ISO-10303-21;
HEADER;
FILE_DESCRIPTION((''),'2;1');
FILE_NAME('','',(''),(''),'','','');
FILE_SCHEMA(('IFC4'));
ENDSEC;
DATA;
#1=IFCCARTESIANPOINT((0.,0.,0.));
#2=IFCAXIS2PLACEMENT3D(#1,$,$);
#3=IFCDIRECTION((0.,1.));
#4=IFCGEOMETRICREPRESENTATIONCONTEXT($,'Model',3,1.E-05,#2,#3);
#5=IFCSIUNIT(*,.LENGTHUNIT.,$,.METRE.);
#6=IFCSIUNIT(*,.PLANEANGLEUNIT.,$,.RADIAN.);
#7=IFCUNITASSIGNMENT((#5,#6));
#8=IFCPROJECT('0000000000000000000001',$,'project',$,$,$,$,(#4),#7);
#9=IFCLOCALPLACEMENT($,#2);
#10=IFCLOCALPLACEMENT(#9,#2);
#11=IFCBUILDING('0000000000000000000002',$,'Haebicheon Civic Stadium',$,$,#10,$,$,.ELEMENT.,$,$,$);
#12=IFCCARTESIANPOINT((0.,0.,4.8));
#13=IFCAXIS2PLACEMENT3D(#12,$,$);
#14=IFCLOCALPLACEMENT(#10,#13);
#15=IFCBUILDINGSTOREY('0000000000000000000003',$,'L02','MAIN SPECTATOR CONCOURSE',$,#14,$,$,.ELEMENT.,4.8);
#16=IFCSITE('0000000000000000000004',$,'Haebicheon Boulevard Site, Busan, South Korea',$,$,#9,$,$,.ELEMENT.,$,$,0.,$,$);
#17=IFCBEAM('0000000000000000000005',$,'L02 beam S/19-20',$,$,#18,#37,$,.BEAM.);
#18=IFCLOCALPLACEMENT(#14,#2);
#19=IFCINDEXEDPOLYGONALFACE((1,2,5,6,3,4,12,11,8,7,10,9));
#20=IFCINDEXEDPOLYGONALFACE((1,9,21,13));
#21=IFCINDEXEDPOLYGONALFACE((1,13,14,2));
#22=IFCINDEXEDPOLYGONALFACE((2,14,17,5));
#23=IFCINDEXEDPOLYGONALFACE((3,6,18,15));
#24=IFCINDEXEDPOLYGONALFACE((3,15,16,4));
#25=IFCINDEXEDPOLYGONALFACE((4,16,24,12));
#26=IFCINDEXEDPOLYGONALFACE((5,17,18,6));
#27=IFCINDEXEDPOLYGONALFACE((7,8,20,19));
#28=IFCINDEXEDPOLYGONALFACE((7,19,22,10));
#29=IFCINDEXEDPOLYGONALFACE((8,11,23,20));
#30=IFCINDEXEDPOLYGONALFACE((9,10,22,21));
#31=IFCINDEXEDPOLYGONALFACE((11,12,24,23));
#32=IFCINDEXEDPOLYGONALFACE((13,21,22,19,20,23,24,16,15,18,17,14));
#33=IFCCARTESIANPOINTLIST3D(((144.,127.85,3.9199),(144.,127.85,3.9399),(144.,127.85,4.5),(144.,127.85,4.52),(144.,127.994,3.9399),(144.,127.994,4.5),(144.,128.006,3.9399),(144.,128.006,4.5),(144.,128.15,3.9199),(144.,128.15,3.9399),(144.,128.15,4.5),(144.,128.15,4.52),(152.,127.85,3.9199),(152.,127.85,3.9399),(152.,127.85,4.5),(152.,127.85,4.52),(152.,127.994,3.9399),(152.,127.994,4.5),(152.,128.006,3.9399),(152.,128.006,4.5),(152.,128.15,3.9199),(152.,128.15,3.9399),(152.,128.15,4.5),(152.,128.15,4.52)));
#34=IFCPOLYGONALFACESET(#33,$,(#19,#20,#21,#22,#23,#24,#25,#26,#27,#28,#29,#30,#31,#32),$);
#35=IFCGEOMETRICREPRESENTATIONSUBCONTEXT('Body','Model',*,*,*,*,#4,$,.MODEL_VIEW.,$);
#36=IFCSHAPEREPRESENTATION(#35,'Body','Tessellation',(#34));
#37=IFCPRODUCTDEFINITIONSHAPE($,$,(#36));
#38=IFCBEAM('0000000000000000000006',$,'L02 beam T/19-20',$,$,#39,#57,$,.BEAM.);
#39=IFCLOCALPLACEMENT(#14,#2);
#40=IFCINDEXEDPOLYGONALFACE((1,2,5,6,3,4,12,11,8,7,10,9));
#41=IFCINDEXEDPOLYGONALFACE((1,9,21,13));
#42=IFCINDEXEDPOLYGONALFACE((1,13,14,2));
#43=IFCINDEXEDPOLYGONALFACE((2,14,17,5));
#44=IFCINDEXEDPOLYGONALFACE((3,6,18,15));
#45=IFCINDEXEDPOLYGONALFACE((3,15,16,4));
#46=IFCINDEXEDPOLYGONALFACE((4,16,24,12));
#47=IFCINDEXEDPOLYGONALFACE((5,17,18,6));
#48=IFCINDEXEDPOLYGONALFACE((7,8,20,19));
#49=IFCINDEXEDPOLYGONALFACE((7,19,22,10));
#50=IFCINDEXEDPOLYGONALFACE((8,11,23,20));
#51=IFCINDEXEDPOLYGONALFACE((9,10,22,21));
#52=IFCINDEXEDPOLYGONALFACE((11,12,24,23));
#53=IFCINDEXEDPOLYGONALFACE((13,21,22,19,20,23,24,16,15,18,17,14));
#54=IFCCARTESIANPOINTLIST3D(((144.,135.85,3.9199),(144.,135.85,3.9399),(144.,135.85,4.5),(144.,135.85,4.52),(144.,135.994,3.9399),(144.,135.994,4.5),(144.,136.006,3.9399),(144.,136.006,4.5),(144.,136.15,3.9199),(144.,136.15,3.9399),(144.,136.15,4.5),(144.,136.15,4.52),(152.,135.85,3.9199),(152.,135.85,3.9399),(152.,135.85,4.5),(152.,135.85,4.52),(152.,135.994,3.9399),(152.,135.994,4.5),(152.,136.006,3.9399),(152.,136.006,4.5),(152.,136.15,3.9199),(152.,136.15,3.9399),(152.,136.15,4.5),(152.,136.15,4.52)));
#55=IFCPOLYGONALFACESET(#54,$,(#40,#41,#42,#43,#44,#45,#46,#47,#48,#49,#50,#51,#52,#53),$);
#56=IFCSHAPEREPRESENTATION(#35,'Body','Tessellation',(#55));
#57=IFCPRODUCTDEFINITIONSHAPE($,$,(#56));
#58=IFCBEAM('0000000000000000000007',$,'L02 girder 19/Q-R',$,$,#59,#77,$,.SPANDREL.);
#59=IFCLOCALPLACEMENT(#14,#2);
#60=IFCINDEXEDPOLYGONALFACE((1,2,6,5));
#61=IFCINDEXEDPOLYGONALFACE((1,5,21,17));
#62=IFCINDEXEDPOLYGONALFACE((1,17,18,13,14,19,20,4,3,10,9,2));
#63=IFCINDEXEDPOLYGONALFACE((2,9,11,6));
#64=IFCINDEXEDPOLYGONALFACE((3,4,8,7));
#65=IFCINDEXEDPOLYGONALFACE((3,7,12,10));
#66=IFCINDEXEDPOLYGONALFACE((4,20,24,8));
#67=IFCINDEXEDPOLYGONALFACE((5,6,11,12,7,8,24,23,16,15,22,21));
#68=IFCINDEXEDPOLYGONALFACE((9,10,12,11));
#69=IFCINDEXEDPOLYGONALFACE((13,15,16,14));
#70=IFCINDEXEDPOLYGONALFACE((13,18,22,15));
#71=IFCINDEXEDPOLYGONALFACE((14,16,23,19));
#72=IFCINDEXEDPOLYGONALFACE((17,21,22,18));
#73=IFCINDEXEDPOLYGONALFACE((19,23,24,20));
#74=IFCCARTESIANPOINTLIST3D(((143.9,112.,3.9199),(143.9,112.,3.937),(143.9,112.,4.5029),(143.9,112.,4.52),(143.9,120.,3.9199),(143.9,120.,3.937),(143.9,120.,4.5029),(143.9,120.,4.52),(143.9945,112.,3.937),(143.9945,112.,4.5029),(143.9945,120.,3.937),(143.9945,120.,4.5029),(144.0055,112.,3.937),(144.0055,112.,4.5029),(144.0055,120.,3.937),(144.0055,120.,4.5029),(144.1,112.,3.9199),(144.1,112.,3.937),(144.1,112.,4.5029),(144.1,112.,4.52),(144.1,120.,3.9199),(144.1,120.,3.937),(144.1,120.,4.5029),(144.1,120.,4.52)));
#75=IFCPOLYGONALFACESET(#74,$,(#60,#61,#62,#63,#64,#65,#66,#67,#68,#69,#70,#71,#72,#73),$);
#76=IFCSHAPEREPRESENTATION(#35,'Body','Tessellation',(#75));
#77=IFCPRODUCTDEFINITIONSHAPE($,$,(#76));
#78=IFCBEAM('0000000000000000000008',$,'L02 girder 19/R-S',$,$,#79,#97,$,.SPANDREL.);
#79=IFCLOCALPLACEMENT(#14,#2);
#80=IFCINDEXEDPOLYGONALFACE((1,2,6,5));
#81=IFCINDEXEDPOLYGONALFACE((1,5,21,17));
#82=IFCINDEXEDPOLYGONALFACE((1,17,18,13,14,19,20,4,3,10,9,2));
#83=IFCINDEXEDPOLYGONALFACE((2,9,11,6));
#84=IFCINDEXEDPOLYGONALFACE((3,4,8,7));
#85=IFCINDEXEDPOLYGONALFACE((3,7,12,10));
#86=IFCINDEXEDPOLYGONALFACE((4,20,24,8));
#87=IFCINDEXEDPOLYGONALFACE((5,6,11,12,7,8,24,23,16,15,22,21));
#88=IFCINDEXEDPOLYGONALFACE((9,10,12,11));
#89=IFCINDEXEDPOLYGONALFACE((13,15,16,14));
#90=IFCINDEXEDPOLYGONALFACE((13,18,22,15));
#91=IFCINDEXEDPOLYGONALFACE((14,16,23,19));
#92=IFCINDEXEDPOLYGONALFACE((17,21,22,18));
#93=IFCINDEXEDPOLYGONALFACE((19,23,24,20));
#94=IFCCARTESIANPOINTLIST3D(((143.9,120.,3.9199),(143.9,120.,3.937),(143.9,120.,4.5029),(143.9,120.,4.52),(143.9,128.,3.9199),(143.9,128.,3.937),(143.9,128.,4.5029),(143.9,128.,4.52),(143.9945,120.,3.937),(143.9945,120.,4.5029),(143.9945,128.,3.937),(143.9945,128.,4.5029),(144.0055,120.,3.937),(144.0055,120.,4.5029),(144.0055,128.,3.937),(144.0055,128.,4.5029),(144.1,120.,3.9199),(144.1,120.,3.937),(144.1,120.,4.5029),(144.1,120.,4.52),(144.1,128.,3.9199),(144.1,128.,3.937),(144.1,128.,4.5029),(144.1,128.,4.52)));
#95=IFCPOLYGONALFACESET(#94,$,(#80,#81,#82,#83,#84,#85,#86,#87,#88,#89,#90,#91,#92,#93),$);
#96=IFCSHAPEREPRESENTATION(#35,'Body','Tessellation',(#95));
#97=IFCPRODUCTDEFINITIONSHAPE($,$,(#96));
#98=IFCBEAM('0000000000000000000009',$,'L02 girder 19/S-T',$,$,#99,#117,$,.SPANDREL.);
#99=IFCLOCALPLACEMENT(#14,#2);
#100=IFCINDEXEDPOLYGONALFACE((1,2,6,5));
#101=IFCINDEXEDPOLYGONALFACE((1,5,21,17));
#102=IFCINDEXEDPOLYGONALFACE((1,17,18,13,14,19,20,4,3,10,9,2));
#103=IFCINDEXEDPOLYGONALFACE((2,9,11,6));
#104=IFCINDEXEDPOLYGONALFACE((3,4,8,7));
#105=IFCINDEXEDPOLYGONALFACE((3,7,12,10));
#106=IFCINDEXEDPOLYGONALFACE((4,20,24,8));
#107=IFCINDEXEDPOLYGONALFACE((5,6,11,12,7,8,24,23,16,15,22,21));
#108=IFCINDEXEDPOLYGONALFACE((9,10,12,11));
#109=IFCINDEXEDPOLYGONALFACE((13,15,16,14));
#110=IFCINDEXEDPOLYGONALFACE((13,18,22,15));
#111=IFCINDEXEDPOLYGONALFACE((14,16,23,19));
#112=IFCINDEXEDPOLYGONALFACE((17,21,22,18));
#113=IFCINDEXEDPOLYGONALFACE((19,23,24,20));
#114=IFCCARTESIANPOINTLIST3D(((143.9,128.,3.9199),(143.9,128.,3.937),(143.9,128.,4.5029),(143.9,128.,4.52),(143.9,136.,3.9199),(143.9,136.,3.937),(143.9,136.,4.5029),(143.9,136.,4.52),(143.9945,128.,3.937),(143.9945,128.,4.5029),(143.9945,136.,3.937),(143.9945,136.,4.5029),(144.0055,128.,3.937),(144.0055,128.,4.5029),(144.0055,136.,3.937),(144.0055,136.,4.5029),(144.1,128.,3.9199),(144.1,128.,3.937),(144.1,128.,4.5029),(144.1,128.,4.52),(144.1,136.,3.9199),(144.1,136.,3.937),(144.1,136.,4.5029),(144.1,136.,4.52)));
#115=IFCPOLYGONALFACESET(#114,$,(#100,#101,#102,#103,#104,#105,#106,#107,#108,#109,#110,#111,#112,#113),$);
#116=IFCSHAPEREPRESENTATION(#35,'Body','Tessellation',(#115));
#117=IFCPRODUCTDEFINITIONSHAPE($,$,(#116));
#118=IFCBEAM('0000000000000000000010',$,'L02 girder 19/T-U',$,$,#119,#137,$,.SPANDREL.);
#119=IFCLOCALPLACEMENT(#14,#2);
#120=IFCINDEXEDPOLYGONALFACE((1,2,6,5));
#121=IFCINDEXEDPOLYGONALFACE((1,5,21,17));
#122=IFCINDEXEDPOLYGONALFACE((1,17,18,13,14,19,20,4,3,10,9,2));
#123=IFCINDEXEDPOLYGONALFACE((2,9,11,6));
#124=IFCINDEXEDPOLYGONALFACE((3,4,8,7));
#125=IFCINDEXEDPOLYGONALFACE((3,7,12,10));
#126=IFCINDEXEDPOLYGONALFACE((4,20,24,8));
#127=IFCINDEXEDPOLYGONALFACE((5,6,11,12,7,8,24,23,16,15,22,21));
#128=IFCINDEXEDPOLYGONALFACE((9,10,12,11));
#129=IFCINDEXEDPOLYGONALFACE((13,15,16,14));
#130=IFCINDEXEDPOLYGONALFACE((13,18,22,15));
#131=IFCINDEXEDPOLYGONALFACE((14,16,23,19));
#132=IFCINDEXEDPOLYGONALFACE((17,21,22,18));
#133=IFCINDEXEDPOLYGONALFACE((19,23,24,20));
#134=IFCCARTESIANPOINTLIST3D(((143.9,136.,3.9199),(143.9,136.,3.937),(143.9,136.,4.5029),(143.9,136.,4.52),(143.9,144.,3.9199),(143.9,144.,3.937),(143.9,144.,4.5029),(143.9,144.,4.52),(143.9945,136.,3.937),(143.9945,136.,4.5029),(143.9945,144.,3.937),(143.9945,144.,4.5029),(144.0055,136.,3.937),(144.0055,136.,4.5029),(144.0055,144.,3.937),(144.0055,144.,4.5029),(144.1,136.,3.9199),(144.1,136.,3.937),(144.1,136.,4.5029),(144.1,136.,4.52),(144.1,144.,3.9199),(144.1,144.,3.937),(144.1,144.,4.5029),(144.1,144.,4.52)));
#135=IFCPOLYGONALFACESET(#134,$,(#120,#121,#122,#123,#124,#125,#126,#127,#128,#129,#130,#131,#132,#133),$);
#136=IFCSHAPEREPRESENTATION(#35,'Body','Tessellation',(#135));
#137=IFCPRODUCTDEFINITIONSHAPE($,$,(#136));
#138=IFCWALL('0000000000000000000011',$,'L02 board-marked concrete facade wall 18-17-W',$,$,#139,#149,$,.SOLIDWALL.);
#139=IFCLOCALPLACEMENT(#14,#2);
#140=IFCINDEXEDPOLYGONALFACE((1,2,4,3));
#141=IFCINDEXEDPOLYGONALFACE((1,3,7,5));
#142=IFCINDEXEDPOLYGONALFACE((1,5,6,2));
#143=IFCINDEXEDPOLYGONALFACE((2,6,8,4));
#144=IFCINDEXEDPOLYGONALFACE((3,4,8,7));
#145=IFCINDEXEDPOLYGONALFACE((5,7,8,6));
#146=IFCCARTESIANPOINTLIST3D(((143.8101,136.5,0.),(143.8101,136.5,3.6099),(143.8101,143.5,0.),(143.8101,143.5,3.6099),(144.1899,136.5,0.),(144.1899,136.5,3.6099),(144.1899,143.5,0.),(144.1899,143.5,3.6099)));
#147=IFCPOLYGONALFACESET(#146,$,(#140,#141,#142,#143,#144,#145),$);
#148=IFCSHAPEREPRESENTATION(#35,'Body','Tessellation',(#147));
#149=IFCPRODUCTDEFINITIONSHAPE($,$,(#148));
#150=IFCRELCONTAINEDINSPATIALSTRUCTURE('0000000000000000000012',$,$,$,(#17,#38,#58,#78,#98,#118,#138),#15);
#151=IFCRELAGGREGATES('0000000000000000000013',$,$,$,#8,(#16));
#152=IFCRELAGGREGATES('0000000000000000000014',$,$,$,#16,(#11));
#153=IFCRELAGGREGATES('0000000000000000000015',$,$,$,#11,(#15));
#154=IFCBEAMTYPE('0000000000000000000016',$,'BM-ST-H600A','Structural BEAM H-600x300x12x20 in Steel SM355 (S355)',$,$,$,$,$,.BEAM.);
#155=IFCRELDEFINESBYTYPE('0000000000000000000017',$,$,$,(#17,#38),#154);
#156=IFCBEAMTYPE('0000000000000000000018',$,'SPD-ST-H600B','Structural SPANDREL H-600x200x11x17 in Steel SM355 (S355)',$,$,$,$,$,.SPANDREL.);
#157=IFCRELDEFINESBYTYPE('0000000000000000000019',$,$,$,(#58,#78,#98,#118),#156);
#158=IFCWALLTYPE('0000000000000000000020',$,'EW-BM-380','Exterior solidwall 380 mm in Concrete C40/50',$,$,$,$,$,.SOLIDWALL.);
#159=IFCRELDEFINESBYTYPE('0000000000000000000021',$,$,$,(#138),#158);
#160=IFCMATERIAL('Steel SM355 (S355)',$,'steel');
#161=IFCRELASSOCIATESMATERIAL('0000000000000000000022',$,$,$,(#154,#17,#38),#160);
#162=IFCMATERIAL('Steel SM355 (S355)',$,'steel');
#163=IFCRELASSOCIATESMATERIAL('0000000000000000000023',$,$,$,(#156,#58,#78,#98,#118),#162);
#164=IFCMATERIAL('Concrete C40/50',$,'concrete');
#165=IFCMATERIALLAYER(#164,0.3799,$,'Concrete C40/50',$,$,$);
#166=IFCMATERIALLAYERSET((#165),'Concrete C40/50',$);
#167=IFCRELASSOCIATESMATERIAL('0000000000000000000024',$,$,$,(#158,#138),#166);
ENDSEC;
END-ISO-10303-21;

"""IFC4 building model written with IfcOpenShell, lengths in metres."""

from ifc_helpers import new_model, si_unit, direction, frame, frame_2d, origin, origin_2d, place, context, subcontext, project, spatial, rectangle, i_section, extrude, material, layer, layer_set, material_profile, profile_set, type_object, element, save


model = new_model("IFC4")

# Units and contexts
model_context = context("Model", 3, precision=1e-05, world=origin(), true_north=direction((0.0, 1.0)))
body_context = subcontext(model_context, "Body", "Model", "MODEL_VIEW")
ifc_project = project(units=[si_unit("LENGTHUNIT", "METRE"), si_unit("PLANEANGLEUNIT", "RADIAN")], contexts=[model_context])

# Site, building, storey
site_placement = place(None, origin())
site = spatial("IfcSite", under=ifc_project, at=site_placement, Name="Haebicheon Boulevard Site, Busan, South Korea", CompositionType="ELEMENT", RefElevation=0.0)
building_placement = place(site_placement, origin())
building = spatial("IfcBuilding", under=site, at=building_placement, Name="Haebicheon Civic Stadium", CompositionType="ELEMENT")
storey_placement = place(building_placement, frame((0.0, 0.0, 4.8)))
storey = spatial("IfcBuildingStorey", under=building, at=storey_placement, Name="L02", Description="MAIN SPECTATOR CONCOURSE", CompositionType="ELEMENT", Elevation=4.8)

# Beams
ifc_material_1 = material(Name="Steel SM355 (S355)", Category="steel")
ifc_material_profile_1 = material_profile(ifc_material_1, i_section(OverallWidth=0.3, OverallDepth=0.6001, WebThickness=0.012, FlangeThickness=0.02, at=origin_2d()), Name="H-600x300x12x20")
ifc_profile_set_1 = profile_set([ifc_material_profile_1], Name="Steel SM355 (S355)")
beam_type_1 = type_object("IfcBeamType", Name="BM-ST-H600A", Description="Structural BEAM H-600x300x12x20 in Steel SM355 (S355)", PredefinedType="BEAM", material=ifc_profile_set_1)
for number, where, z_axis, x_axis, name in (
    (1, (144.0, 128.0, 4.22), (1.0, 0.0, 0.0), (0.0, 1.0, 0.0), "L02 beam S/19-20"),
    (2, (144.0, 136.0, 4.22), (1.0, 0.0, 0.0), (0.0, 1.0, 0.0), "L02 beam T/19-20"),
):
    element("IfcBeam", number, at=place(storey_placement, frame(where, z_axis=z_axis, x_axis=x_axis)), inside=storey, type_object=beam_type_1, material=ifc_profile_set_1, Name=name, PredefinedType="BEAM", context=body_context, shape_type="SweptSolid", body=[
        extrude(i_section(OverallWidth=0.3, OverallDepth=0.6001, WebThickness=0.012, FlangeThickness=0.02, at=origin_2d()), origin(), (0.0, 0.0, 1.0), 8.0),
    ])
ifc_material_2 = material(Name="Steel SM355 (S355)", Category="steel")
ifc_material_profile_2 = material_profile(ifc_material_2, i_section(OverallWidth=0.2, OverallDepth=0.6001, WebThickness=0.011, FlangeThickness=0.0171, at=origin_2d()), Name="H-600x200x11x17")
ifc_profile_set_2 = profile_set([ifc_material_profile_2], Name="Steel SM355 (S355)")
beam_type_2 = type_object("IfcBeamType", Name="SPD-ST-H600B", Description="Structural SPANDREL H-600x200x11x17 in Steel SM355 (S355)", PredefinedType="SPANDREL", material=ifc_profile_set_2)
for number, where, z_axis, x_axis, name in (
    (3, (144.0, 112.0, 4.22), (0.0, 1.0, 0.0), (-1.0, 0.0, 0.0), "L02 girder 19/Q-R"),
    (4, (144.0, 120.0, 4.22), (0.0, 1.0, 0.0), (-1.0, 0.0, 0.0), "L02 girder 19/R-S"),
    (5, (144.0, 128.0, 4.22), (0.0, 1.0, 0.0), (-1.0, 0.0, 0.0), "L02 girder 19/S-T"),
    (6, (144.0, 136.0, 4.22), (0.0, 1.0, 0.0), (-1.0, 0.0, 0.0), "L02 girder 19/T-U"),
):
    element("IfcBeam", number, at=place(storey_placement, frame(where, z_axis=z_axis, x_axis=x_axis)), inside=storey, type_object=beam_type_2, material=ifc_profile_set_2, Name=name, PredefinedType="SPANDREL", context=body_context, shape_type="SweptSolid", body=[
        extrude(i_section(OverallWidth=0.2, OverallDepth=0.6001, WebThickness=0.011, FlangeThickness=0.0171, at=origin_2d()), origin(), (0.0, 0.0, 1.0), 8.0),
    ])

# Wall
ifc_material_3 = material(Name="Concrete C40/50", Category="concrete")
ifc_layer = layer(ifc_material_3, 0.3799, Name="Concrete C40/50")
ifc_layer_set = layer_set([ifc_layer], Name="Concrete C40/50")
wall_type = type_object("IfcWallType", Name="EW-BM-380", Description="Exterior solidwall 380 mm in Concrete C40/50", PredefinedType="SOLIDWALL", material=ifc_layer_set)
wall_placement = place(storey_placement, frame((144.0, 136.5, 0.0), z_axis=(0.0, 0.0, 1.0), x_axis=(0.0, 1.0, 0.0)))
element("IfcWall", 7, at=wall_placement, inside=storey, type_object=wall_type, material=ifc_layer_set, Name="L02 board-marked concrete facade wall 18-17-W", PredefinedType="SOLIDWALL", context=body_context, shape_type="SweptSolid", body=[
    extrude(rectangle(XDim=7.0, YDim=0.3799, at=frame_2d((3.5, 0.0))), origin(), (0.0, 0.0, 1.0), 3.6099),
])

save(model, "model.ifc")
